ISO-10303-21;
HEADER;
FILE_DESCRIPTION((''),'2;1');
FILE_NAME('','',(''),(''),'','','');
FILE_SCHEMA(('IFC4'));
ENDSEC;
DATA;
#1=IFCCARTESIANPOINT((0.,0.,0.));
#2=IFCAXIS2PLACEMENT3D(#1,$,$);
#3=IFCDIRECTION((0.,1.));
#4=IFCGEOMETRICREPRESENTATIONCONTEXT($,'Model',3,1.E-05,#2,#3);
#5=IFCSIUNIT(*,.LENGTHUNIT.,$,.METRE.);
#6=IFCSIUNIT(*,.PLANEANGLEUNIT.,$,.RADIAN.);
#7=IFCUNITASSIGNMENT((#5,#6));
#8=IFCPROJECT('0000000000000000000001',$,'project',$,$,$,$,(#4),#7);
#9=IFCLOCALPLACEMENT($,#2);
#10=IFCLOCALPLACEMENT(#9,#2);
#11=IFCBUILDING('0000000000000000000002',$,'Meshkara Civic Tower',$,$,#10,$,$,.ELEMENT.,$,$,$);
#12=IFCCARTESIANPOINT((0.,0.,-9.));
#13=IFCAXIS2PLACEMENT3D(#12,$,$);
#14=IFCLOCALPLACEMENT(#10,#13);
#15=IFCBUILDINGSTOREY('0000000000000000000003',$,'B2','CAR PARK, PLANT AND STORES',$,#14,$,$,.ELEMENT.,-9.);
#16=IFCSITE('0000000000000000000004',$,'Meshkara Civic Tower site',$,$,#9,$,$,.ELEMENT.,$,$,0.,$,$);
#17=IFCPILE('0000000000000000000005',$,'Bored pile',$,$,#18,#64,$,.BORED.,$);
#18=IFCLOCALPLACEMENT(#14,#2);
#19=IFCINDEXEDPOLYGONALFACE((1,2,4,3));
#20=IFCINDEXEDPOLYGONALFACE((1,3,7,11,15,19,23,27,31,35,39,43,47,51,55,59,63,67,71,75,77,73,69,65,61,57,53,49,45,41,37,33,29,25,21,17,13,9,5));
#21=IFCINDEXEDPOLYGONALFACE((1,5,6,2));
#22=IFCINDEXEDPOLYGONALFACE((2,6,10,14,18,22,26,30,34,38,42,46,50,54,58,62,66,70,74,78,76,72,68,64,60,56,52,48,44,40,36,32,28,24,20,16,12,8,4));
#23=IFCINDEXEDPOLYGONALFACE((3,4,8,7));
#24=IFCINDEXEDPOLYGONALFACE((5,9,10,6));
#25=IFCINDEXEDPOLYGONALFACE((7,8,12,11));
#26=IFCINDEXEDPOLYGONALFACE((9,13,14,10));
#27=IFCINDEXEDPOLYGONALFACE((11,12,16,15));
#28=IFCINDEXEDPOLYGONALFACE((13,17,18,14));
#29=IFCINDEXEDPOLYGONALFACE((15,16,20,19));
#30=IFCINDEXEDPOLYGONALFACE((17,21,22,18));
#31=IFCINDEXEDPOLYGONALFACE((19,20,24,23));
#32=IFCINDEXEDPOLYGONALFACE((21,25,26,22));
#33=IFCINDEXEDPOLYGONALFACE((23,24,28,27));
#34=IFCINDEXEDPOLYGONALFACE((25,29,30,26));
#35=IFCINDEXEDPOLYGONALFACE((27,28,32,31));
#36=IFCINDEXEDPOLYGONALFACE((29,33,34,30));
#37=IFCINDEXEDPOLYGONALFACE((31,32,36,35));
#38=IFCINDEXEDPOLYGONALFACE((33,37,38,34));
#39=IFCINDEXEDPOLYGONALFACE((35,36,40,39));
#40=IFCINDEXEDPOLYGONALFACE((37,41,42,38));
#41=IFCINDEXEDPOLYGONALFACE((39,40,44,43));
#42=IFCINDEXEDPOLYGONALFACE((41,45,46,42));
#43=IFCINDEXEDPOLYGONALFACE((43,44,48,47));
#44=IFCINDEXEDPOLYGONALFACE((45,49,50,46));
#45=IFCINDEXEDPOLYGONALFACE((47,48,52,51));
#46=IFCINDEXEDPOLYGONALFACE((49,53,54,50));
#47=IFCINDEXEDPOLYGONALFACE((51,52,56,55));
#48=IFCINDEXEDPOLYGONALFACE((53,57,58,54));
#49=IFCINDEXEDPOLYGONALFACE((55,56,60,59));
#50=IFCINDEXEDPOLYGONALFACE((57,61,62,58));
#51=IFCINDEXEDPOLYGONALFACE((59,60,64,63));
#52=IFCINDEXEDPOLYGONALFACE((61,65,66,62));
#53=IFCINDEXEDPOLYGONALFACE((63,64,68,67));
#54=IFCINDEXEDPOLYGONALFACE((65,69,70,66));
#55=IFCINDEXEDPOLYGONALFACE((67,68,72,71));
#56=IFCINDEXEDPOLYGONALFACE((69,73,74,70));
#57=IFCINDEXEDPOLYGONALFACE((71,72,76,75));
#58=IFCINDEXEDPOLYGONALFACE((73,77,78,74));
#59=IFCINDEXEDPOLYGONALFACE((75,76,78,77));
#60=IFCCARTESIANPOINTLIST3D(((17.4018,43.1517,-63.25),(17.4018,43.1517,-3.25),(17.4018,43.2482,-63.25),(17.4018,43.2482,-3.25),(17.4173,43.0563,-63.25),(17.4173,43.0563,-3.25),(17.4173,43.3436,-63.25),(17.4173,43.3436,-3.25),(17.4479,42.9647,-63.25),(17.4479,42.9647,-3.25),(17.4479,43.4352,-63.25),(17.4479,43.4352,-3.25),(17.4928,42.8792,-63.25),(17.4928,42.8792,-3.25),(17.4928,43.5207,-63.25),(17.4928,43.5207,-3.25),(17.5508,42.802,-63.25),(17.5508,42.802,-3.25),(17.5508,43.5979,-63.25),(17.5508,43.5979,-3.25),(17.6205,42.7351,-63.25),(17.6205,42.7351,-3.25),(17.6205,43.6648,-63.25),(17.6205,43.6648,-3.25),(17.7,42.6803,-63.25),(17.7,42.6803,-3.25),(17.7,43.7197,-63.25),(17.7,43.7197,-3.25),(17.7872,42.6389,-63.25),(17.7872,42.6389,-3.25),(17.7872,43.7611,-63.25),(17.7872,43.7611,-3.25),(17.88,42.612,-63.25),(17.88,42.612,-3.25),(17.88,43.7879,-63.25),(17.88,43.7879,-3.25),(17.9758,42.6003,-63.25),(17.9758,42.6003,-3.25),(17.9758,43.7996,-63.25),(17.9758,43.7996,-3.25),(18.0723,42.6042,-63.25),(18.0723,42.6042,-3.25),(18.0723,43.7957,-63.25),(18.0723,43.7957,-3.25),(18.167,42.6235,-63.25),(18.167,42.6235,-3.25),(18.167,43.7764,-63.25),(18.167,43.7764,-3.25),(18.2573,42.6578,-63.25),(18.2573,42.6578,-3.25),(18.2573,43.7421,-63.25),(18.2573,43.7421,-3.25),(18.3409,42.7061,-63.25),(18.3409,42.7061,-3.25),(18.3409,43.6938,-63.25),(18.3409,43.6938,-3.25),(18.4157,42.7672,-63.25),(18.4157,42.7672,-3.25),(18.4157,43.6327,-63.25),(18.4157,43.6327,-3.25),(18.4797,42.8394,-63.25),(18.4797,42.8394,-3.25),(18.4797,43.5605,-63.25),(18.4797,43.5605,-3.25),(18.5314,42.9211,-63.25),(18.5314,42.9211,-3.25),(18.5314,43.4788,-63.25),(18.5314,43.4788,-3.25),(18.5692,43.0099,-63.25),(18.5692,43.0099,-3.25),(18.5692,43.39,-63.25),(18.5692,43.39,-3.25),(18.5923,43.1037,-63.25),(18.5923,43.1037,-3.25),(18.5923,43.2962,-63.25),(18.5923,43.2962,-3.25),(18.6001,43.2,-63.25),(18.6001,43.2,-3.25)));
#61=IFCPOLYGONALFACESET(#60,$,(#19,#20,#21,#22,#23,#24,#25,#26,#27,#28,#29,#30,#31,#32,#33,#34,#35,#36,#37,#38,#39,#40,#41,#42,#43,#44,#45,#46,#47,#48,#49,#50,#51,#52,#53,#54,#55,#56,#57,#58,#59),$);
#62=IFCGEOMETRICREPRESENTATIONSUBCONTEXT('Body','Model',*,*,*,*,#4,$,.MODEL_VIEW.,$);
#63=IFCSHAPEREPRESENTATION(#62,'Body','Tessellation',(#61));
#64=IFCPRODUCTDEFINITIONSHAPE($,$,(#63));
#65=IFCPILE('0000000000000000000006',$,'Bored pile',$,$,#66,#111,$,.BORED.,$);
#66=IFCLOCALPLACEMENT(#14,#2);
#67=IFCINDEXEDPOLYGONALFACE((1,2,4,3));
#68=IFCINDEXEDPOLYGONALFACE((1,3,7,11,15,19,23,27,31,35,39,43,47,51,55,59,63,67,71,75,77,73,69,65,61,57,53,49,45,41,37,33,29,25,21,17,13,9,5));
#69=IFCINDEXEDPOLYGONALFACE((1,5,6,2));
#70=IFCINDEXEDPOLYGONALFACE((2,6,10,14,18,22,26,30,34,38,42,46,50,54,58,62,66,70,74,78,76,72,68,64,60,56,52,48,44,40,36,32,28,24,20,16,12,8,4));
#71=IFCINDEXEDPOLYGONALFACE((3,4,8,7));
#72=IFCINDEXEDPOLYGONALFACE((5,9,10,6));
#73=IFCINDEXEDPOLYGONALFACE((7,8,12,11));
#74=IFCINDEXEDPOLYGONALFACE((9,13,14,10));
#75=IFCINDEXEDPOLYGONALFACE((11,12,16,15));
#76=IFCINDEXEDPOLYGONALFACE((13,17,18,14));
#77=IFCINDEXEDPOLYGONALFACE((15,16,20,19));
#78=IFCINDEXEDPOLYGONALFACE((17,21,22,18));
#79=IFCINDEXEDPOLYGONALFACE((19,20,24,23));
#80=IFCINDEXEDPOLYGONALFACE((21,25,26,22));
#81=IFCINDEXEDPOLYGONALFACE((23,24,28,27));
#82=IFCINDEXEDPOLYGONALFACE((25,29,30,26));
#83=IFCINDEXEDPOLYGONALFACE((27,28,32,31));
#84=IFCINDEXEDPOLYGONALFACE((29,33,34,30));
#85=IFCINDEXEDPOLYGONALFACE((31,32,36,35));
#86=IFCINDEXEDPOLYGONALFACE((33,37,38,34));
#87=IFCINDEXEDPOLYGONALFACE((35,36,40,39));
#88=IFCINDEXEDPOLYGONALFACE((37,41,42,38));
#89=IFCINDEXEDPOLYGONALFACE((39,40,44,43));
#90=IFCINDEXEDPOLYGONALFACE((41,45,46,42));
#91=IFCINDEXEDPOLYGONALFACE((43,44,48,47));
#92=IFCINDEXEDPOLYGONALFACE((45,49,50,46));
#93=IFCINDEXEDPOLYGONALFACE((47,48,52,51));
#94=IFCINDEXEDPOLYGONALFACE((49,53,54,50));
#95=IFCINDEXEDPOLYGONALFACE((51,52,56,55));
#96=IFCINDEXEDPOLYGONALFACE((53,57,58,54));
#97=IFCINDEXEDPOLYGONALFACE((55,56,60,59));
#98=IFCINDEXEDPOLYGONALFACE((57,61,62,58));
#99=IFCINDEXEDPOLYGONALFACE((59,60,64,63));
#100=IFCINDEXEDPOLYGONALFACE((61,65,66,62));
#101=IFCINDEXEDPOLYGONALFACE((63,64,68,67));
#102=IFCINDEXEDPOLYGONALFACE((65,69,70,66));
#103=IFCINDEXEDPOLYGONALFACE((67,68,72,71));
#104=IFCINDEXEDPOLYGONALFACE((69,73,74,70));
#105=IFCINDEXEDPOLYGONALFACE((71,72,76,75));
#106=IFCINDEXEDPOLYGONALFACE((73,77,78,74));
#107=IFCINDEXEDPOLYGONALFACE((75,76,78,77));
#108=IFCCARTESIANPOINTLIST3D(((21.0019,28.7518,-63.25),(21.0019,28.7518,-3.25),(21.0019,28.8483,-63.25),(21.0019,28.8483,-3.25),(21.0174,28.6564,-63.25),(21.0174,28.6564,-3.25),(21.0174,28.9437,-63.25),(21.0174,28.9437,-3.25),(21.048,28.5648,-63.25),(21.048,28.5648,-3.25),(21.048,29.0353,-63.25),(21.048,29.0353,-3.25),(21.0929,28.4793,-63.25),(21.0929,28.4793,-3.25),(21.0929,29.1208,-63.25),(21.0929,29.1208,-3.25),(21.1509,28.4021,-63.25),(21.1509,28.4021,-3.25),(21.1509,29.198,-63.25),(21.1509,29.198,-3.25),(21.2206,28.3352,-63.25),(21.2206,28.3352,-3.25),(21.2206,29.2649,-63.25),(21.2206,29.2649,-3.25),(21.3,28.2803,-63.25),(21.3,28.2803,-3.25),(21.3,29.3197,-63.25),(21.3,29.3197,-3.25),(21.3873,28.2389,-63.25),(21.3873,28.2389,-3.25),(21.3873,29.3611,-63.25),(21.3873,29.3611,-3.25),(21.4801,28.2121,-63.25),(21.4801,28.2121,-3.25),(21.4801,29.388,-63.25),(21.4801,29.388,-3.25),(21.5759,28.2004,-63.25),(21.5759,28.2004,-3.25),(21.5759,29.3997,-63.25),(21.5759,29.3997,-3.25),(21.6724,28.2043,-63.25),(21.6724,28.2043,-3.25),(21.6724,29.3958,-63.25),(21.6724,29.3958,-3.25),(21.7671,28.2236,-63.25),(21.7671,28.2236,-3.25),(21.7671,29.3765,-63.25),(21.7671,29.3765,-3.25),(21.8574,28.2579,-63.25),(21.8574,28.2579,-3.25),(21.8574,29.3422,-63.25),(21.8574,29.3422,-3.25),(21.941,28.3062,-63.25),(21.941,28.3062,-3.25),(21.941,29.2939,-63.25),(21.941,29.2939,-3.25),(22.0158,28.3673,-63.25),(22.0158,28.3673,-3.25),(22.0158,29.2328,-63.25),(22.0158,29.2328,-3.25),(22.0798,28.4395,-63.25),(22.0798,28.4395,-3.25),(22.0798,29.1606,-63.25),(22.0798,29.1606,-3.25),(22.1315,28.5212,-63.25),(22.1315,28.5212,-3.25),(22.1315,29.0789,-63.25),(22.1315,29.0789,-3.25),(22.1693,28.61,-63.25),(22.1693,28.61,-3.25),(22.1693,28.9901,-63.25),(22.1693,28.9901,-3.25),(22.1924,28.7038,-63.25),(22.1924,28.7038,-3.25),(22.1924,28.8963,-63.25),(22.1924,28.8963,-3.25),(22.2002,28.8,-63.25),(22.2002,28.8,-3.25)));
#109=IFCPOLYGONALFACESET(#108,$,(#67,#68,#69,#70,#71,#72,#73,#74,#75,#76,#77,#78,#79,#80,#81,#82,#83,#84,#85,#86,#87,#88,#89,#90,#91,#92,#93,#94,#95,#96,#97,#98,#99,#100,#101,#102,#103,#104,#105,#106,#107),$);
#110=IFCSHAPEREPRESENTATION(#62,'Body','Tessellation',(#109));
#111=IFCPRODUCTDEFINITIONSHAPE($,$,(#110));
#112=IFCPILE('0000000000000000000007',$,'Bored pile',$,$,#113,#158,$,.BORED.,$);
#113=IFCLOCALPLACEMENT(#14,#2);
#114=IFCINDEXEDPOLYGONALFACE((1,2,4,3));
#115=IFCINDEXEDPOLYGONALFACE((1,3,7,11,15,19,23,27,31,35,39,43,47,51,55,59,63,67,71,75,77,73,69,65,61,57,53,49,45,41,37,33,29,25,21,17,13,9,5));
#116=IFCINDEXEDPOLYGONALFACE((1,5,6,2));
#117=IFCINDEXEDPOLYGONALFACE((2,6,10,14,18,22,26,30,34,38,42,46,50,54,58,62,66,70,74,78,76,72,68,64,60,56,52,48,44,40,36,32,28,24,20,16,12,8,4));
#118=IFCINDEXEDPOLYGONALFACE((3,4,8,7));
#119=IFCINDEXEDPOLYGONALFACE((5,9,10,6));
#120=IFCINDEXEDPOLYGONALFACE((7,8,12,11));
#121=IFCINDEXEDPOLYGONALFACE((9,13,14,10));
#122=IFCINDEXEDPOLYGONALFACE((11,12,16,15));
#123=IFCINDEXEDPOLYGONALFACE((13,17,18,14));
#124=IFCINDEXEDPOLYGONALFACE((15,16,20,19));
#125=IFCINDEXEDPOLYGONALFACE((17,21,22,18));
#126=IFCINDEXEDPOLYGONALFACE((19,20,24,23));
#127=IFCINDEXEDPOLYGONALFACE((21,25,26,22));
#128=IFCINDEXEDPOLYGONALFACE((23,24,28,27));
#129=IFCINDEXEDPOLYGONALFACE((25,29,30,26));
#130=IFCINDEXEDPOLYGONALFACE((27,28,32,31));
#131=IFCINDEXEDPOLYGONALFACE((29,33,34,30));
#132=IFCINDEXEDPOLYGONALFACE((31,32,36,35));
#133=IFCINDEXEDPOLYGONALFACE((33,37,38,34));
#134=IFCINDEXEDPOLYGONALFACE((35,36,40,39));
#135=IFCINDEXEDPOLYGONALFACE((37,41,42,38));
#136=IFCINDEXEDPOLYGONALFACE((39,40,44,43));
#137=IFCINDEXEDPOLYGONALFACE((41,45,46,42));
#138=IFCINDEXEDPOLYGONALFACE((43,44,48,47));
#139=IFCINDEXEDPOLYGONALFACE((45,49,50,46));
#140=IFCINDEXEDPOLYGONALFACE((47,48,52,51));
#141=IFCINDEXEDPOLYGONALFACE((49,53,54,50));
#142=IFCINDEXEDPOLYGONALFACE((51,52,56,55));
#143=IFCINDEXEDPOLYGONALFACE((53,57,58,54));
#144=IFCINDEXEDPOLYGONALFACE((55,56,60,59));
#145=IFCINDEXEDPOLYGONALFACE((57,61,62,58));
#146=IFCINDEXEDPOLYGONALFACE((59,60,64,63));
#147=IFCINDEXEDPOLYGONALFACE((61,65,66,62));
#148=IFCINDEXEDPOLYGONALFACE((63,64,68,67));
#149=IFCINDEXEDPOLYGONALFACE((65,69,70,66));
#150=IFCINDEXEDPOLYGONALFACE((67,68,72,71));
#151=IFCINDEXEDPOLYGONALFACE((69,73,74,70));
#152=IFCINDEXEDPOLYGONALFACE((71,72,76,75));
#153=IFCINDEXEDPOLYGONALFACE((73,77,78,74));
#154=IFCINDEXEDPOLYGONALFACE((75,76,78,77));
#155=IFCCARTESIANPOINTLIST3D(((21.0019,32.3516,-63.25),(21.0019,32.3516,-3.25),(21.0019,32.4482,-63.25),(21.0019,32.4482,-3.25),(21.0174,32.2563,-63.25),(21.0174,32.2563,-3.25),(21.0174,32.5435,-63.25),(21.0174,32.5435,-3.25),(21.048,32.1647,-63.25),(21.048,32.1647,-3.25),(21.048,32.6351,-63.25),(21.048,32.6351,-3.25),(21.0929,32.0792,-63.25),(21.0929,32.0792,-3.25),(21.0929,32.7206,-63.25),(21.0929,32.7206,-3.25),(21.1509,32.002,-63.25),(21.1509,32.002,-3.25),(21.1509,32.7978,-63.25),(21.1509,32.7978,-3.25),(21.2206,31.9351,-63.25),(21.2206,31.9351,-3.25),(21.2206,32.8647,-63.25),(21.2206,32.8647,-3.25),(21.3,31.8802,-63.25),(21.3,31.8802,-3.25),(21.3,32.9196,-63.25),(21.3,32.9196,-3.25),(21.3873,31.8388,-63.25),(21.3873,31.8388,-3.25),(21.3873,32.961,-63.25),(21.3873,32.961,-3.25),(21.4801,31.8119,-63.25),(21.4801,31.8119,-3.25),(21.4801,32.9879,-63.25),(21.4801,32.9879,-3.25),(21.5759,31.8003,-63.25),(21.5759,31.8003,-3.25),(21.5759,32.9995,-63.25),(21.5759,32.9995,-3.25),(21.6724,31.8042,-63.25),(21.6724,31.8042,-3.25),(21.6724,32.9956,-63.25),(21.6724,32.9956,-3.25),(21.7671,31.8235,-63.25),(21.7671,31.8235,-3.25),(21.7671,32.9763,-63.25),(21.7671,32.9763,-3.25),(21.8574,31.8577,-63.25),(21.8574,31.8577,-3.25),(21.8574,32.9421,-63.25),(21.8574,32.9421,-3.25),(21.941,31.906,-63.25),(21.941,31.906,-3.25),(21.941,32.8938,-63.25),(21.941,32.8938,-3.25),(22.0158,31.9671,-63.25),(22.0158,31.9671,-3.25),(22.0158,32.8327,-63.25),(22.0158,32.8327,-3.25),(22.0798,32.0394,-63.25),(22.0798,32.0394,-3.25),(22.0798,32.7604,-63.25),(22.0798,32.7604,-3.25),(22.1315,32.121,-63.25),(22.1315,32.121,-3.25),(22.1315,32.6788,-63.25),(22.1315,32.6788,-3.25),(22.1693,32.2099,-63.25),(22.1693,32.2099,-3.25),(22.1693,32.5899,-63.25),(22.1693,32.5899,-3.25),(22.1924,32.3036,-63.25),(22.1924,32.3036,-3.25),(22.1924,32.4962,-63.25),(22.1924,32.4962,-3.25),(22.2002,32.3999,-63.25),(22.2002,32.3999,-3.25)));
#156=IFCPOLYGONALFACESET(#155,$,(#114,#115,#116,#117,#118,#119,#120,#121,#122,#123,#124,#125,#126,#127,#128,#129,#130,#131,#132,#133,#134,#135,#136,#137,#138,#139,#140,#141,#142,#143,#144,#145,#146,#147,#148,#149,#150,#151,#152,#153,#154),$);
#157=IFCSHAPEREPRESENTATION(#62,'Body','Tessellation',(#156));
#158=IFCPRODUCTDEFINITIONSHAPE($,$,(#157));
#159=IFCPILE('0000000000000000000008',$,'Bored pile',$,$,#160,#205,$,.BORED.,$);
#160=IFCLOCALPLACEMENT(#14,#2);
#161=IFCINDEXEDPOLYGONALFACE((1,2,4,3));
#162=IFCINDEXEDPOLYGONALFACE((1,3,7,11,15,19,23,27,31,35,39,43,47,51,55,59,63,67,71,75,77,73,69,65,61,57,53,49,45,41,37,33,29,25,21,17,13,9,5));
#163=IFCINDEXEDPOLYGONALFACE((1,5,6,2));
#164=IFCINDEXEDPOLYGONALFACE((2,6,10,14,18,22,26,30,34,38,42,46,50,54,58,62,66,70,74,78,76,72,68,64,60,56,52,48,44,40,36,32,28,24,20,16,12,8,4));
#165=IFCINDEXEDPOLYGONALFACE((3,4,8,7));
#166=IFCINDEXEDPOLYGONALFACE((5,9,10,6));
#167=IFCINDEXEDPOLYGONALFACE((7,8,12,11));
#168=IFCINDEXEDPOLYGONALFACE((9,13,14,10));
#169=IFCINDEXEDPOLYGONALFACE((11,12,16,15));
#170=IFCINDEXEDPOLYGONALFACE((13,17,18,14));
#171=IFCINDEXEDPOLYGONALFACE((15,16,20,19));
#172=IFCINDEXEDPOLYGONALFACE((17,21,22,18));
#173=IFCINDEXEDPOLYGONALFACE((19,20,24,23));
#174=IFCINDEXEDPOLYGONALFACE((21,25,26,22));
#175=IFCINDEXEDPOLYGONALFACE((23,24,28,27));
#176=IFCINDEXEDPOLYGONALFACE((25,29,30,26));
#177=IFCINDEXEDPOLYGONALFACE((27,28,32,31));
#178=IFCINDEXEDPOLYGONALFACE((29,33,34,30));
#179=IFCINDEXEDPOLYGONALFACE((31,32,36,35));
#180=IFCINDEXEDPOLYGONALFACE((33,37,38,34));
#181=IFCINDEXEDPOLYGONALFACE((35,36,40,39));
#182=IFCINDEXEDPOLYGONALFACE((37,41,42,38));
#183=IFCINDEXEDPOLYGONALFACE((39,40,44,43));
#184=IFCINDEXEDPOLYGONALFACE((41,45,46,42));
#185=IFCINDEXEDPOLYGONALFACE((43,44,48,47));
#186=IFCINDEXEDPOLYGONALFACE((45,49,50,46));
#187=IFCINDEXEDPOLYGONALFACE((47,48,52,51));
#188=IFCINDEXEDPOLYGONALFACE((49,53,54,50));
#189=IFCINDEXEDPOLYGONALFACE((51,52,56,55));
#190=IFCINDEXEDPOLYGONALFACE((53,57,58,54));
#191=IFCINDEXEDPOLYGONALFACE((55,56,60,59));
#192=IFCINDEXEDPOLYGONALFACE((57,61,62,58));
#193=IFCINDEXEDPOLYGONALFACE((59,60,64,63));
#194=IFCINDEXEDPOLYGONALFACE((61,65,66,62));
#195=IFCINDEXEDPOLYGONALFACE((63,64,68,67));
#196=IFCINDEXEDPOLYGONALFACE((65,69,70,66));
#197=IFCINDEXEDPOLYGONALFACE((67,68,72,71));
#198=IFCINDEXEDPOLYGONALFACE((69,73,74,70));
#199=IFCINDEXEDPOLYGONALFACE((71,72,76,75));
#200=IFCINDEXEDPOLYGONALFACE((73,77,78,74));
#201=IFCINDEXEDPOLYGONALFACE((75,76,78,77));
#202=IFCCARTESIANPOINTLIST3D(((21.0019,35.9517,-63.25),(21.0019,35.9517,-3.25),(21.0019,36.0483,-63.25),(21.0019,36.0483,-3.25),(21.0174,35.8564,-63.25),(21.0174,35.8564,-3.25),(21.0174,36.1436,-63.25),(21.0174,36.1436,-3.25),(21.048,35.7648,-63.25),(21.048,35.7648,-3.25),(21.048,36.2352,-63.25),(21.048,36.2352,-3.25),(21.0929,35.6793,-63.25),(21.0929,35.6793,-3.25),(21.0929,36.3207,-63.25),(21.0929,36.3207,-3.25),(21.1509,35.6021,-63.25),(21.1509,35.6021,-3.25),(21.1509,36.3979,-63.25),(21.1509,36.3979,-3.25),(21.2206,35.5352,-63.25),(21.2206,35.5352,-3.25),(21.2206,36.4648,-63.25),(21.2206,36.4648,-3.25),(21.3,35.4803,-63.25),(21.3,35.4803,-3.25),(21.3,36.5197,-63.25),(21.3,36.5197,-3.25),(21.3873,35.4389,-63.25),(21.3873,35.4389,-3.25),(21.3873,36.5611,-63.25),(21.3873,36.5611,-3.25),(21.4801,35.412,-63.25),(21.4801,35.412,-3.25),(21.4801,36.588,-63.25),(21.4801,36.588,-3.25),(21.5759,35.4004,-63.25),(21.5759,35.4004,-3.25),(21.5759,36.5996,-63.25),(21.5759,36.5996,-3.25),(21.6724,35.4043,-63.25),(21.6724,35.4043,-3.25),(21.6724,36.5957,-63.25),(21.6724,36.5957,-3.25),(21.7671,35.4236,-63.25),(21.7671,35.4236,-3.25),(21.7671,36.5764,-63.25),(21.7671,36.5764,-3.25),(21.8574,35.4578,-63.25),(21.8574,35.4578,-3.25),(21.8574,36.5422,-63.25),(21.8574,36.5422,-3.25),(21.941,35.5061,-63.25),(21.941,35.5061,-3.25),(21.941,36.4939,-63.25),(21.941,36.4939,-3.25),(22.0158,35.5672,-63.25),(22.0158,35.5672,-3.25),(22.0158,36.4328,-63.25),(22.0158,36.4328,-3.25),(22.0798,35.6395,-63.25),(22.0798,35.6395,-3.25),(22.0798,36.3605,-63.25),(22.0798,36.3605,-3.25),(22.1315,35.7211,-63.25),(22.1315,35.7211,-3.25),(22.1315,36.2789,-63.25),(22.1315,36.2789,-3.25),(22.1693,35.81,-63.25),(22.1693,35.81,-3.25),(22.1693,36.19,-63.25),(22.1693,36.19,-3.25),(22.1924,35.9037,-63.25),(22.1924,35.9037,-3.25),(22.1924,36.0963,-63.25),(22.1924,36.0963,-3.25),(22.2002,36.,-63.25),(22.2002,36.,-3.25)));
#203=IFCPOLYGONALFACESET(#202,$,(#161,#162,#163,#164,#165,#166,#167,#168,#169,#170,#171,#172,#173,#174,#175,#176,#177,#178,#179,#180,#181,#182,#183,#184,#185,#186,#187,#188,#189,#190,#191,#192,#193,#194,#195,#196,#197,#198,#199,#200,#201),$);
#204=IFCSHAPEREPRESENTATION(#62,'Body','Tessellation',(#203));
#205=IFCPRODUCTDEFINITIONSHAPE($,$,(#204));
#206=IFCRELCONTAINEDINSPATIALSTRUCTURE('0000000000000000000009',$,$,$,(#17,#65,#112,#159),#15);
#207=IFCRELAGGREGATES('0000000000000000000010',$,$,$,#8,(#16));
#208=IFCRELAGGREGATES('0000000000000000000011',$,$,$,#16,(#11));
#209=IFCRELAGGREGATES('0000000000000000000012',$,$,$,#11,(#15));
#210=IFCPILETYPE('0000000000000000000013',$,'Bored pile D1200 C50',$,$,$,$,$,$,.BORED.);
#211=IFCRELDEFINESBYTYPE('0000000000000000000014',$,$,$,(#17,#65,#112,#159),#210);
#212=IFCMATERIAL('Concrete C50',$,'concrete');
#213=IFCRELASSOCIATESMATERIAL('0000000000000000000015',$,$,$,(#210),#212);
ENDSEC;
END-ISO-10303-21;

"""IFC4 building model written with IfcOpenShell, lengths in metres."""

from ifc_helpers import new_model, si_unit, direction, frame, origin, origin_2d, place, context, subcontext, project, spatial, circle, extrude, material, material_profile, profile_set, type_object, element, save


model = new_model("IFC4")

# Units and contexts
model_context = context("Model", 3, precision=1e-05, world=origin(), true_north=direction((0.0, 1.0)))
body_context = subcontext(model_context, "Body", "Model", "MODEL_VIEW")
ifc_project = project(units=[si_unit("LENGTHUNIT", "METRE"), si_unit("PLANEANGLEUNIT", "RADIAN")], contexts=[model_context])

# Site, building, storey
site_placement = place(None, origin())
site = spatial("IfcSite", under=ifc_project, at=site_placement, Name="Meshkara Civic Tower site", CompositionType="ELEMENT", RefElevation=0.0)
building_placement = place(site_placement, origin())
building = spatial("IfcBuilding", under=site, at=building_placement, Name="Meshkara Civic Tower", CompositionType="ELEMENT")
storey_placement = place(building_placement, frame((0.0, 0.0, -9.0)))
storey = spatial("IfcBuildingStorey", under=building, at=storey_placement, Name="B2", Description="CAR PARK, PLANT AND STORES", CompositionType="ELEMENT", Elevation=-9.0)

# Piles
ifc_material_1 = material(Name="Concrete C50", Category="concrete")
ifc_material_profile_1 = material_profile(ifc_material_1, circle(Radius=0.6001, at=origin_2d()))
ifc_profile_set_1 = profile_set([ifc_material_profile_1], Name="Concrete C50")
pile_type = type_object("IfcPileType", Name="Bored pile D1200 C50", PredefinedType="BORED", material=ifc_profile_set_1)
for number, where, z_axis, x_axis, name in (
    (1, (18.0, 43.2, -3.25), (0.0, 0.0, -1.0), (1.0, 0.0, 0.0), "Bored pile"),
    (2, (21.6001, 28.8, -3.25), (0.0, 0.0, -1.0), (1.0, 0.0, 0.0), "Bored pile"),
    (3, (21.6001, 32.3999, -3.25), (0.0, 0.0, -1.0), (1.0, 0.0, 0.0), "Bored pile"),
    (4, (21.6001, 36.0, -3.25), (0.0, 0.0, -1.0), (1.0, 0.0, 0.0), "Bored pile"),
):
    element("IfcPile", number, at=place(storey_placement, frame(where, z_axis=z_axis, x_axis=x_axis)), inside=storey, type_object=pile_type, Name=name, PredefinedType="BORED", context=body_context, shape_type="SweptSolid", body=[
        extrude(circle(Radius=0.6001, at=origin_2d()), origin(), (0.0, 0.0, 1.0), 60.0),
    ])

save(model, "model.ifc")
